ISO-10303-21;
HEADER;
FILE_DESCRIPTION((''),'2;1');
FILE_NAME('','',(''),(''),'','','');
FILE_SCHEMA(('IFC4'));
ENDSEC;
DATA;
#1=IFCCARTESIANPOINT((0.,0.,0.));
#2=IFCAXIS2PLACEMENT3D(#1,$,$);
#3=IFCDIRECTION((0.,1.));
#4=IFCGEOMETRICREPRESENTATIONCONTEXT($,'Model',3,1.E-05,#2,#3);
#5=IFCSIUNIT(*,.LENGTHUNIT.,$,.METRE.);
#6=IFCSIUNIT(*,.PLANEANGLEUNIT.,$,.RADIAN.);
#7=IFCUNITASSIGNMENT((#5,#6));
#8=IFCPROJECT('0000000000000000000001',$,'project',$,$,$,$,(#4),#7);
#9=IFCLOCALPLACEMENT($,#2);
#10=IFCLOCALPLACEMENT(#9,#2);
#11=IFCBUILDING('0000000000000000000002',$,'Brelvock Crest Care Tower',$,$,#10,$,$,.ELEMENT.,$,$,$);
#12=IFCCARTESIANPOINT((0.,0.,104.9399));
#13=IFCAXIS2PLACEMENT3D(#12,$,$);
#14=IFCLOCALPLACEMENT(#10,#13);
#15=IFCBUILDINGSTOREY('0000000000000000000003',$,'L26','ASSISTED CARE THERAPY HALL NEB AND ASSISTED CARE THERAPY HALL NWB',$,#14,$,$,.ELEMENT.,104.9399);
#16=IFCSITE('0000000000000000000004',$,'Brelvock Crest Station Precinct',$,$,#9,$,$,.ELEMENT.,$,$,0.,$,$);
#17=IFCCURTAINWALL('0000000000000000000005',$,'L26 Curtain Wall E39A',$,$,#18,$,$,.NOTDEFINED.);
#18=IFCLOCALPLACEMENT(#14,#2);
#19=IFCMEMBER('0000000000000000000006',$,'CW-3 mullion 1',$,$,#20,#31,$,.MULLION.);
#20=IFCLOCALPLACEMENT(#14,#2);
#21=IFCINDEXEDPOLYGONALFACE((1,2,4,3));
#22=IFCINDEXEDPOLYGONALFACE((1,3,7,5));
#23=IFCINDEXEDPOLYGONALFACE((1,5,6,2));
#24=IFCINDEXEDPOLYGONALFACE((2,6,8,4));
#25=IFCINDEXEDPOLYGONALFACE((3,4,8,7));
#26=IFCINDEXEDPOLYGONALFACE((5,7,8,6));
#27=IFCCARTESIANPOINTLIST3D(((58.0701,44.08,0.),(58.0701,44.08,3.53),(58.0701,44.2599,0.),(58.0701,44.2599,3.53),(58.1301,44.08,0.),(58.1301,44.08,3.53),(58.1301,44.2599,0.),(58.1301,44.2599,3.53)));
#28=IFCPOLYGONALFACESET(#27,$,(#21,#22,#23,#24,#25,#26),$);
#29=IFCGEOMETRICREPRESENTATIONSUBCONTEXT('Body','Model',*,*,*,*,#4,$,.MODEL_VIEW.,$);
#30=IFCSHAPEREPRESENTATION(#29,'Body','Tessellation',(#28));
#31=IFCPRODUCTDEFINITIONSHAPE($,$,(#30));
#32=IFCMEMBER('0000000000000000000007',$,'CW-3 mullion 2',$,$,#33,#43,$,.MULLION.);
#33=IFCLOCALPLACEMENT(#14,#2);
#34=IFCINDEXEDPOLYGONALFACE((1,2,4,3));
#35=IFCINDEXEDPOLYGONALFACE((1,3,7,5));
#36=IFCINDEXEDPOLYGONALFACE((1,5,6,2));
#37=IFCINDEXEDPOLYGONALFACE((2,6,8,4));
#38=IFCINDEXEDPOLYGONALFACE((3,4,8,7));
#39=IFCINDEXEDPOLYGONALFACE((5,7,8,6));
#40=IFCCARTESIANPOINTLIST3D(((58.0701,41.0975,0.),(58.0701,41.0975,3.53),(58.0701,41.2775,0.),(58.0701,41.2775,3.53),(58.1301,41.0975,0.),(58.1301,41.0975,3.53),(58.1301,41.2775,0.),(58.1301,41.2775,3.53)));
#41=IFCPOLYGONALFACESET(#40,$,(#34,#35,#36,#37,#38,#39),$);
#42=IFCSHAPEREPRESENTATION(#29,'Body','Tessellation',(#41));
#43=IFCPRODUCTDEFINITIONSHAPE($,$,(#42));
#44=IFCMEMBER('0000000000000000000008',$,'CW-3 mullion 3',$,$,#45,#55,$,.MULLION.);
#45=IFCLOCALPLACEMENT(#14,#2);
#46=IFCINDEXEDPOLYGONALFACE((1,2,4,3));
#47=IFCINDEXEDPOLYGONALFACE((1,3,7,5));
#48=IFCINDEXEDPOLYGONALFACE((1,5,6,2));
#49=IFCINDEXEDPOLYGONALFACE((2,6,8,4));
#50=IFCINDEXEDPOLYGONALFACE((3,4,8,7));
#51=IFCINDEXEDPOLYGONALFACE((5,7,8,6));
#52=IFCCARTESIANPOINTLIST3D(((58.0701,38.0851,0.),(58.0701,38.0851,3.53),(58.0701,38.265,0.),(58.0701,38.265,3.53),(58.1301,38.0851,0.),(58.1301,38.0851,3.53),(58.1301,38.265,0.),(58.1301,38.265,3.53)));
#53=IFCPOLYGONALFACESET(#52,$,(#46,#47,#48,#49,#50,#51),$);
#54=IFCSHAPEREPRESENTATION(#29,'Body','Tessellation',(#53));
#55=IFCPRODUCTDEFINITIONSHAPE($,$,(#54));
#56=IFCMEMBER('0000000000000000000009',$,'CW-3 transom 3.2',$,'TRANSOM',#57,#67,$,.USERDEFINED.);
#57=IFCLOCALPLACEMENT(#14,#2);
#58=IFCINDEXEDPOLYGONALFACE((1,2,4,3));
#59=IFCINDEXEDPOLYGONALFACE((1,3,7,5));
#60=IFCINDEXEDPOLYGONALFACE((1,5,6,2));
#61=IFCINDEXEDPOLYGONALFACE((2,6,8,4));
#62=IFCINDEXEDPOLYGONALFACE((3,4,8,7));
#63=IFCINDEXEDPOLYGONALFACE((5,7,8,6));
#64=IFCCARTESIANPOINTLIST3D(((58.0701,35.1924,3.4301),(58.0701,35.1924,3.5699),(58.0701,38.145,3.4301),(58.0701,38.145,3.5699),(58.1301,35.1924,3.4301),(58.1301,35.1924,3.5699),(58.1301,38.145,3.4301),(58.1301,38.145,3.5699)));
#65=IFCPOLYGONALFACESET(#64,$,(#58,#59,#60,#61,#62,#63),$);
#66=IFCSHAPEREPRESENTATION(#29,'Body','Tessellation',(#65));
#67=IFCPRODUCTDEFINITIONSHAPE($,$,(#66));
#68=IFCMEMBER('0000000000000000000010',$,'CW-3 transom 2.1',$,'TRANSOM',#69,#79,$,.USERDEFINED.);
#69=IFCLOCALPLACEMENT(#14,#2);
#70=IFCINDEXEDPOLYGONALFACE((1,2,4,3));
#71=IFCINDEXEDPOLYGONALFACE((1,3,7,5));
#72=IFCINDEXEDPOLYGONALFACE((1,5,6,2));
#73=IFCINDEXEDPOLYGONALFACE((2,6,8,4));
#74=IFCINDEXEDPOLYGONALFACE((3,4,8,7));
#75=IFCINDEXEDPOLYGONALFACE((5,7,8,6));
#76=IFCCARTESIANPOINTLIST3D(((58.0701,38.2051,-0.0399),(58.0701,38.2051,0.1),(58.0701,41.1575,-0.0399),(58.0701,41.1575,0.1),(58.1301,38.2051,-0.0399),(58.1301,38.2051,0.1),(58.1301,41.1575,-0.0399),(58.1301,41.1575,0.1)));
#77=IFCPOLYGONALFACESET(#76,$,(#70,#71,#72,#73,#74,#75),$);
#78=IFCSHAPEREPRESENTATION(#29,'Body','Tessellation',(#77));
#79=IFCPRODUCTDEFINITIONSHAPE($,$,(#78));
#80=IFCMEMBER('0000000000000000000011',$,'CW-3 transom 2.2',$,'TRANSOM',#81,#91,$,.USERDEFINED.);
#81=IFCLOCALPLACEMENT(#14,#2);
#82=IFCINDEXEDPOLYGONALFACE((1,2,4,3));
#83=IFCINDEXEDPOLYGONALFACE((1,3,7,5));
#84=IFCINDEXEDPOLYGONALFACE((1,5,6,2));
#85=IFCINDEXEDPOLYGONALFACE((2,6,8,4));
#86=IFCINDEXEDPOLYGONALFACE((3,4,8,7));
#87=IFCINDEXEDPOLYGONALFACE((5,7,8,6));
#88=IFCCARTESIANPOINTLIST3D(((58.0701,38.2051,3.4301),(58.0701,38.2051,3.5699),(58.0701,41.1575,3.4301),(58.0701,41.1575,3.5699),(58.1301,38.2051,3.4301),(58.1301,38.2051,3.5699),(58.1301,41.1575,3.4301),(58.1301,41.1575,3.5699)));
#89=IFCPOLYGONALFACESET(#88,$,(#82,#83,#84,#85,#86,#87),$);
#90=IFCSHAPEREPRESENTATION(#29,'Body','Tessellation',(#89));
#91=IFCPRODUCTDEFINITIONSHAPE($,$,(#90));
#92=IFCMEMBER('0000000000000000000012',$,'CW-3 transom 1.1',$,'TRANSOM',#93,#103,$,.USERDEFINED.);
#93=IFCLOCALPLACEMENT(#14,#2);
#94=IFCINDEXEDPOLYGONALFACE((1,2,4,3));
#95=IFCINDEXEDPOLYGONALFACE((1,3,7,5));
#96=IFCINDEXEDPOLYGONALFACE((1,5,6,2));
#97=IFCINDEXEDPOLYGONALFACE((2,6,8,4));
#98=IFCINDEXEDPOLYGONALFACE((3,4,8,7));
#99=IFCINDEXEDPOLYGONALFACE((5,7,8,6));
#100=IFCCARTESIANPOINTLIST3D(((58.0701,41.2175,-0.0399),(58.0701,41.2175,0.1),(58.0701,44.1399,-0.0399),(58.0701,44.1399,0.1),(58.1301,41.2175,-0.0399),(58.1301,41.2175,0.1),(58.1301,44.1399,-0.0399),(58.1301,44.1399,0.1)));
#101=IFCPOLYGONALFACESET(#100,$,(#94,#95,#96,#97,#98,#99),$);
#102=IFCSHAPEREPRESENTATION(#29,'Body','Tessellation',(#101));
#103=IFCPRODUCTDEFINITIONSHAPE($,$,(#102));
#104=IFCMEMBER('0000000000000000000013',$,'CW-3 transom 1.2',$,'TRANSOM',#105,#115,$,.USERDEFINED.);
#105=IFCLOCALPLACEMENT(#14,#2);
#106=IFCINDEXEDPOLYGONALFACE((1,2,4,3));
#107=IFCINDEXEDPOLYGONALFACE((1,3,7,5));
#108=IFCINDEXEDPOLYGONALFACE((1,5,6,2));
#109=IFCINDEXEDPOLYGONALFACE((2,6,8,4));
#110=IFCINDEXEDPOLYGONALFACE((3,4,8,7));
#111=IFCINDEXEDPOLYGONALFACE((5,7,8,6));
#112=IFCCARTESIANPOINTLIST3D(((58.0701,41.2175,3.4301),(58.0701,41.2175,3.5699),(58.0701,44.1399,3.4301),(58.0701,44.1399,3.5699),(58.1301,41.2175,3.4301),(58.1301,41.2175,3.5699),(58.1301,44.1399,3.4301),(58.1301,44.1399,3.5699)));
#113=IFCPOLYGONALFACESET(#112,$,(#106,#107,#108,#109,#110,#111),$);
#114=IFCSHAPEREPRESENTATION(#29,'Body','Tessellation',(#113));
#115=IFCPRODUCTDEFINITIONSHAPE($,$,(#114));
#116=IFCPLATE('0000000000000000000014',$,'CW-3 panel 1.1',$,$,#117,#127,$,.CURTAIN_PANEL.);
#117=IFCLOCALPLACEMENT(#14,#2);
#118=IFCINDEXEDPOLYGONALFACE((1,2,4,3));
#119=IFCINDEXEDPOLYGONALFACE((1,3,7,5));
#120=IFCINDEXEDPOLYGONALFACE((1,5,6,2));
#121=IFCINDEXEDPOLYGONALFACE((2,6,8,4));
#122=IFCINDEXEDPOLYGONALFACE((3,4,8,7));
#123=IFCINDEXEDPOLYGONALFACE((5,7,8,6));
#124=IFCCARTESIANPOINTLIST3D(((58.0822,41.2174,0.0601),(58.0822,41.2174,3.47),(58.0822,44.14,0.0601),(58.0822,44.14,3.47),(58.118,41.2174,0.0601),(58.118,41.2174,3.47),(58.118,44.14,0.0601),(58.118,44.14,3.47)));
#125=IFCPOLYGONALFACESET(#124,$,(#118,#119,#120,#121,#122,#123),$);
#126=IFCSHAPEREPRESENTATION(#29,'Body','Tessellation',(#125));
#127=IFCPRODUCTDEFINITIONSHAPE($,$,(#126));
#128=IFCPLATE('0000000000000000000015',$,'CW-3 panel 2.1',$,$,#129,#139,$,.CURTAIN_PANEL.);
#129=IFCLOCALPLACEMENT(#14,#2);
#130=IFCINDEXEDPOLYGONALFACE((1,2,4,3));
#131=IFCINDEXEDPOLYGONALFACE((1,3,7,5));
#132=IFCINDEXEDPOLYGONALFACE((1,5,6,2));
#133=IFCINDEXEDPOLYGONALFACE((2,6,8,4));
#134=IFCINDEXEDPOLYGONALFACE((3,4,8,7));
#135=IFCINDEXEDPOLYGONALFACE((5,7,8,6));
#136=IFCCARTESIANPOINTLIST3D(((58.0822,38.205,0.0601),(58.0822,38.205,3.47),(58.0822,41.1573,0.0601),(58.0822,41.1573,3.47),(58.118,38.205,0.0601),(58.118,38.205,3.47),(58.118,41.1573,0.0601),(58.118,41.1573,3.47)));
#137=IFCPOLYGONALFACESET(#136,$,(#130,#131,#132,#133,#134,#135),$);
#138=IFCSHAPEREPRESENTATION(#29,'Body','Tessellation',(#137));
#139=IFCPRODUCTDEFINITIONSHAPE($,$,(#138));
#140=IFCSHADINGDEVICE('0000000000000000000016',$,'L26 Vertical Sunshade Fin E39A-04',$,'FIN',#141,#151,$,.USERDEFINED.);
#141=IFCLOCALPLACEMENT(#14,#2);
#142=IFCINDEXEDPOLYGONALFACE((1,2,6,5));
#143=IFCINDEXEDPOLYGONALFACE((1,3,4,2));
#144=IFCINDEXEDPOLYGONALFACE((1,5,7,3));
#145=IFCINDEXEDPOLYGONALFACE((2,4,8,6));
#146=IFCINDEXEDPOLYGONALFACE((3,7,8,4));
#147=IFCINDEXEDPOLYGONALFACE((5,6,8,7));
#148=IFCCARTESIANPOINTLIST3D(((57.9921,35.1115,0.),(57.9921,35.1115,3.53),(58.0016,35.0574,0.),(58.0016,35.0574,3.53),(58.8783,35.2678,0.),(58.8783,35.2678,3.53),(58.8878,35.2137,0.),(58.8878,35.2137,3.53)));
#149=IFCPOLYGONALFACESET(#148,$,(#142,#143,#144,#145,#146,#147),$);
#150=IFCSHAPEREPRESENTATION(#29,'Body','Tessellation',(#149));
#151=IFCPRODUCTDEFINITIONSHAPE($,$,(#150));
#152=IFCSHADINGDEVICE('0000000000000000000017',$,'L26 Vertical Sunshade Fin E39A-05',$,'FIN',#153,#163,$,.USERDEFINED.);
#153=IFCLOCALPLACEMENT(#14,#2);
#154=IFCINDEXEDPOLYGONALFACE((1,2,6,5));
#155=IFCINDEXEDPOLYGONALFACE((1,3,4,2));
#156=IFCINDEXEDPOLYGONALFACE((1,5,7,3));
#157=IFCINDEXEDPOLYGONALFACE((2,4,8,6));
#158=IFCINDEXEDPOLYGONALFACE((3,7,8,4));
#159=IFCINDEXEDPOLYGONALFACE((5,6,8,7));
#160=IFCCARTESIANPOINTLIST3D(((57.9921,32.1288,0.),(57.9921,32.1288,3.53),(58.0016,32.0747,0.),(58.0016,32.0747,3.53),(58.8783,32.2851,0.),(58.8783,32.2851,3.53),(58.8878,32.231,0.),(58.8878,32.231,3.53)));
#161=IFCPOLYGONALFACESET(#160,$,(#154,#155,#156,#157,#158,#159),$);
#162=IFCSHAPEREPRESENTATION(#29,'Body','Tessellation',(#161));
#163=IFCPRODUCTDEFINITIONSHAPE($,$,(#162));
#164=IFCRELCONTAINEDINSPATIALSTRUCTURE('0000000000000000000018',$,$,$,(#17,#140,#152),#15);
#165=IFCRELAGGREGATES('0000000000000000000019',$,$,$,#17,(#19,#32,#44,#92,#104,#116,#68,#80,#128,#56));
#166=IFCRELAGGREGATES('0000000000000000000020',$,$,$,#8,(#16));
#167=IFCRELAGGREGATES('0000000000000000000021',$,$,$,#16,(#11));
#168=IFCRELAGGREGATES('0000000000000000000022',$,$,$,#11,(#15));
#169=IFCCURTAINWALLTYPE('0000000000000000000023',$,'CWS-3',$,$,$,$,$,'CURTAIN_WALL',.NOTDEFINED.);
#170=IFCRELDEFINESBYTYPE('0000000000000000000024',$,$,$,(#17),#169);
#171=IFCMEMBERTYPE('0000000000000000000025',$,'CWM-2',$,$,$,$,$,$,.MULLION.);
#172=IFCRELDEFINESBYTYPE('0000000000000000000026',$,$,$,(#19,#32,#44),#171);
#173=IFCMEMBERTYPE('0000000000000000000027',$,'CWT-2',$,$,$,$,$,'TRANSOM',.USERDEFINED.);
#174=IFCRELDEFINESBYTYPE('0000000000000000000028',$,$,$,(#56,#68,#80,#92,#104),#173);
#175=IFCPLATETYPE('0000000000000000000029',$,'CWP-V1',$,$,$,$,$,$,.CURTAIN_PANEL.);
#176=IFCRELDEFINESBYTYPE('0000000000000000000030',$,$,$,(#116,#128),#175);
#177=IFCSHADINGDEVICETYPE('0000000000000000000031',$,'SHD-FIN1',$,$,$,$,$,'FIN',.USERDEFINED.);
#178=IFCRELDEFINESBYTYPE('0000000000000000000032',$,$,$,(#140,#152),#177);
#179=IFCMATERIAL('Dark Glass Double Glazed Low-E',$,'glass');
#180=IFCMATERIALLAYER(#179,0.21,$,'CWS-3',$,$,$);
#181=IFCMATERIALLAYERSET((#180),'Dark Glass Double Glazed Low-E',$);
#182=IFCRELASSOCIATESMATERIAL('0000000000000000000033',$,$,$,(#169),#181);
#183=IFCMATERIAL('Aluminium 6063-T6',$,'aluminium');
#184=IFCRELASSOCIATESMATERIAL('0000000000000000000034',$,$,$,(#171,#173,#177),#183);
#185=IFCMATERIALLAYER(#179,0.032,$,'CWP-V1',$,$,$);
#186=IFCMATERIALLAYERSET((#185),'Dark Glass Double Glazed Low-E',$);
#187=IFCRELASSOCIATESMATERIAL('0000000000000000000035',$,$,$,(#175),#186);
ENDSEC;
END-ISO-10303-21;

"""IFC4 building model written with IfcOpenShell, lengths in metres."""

from ifc_helpers import new_model, si_unit, direction, frame, origin, origin_2d, place, context, subcontext, project, spatial, rectangle, extrude, source, transform, mapped, material, layer, layer_set, material_profile, profile_set, type_object, element, aggregate, save


model = new_model("IFC4")

# Units and contexts
model_context = context("Model", 3, precision=1e-05, world=origin(), true_north=direction((0.0, 1.0)))
body_context = subcontext(model_context, "Body", "Model", "MODEL_VIEW")
ifc_project = project(units=[si_unit("LENGTHUNIT", "METRE"), si_unit("PLANEANGLEUNIT", "RADIAN")], contexts=[model_context])

# Site, building, storey
site_placement = place(None, origin())
site = spatial("IfcSite", under=ifc_project, at=site_placement, Name="Brelvock Crest Station Precinct", CompositionType="ELEMENT", RefElevation=0.0)
building_placement = place(site_placement, origin())
building = spatial("IfcBuilding", under=site, at=building_placement, Name="Brelvock Crest Care Tower", CompositionType="ELEMENT")
storey_placement = place(building_placement, frame((0.0, 0.0, 104.9399)))
storey = spatial("IfcBuildingStorey", under=building, at=storey_placement, Name="L26", Description="ASSISTED CARE THERAPY HALL NEB AND ASSISTED CARE THERAPY HALL NWB", CompositionType="ELEMENT", Elevation=104.9399)

# Curtain wall, members, plates
ifc_material_1 = material(Name="Dark Glass Double Glazed Low-E", Category="glass")
ifc_layer_1 = layer(ifc_material_1, 0.21, Name="CWS-3")
ifc_layer_set_1 = layer_set([ifc_layer_1], Name="Dark Glass Double Glazed Low-E")
curtain_wall_type = type_object("IfcCurtainWallType", Name="CWS-3", ElementType="CURTAIN_WALL", PredefinedType="NOTDEFINED", material=ifc_layer_set_1)
curtain_wall_placement = place(storey_placement, origin())
curtain_wall = element("IfcCurtainWall", 1, at=curtain_wall_placement, inside=storey, type_object=curtain_wall_type, Name="L26 Curtain Wall E39A", PredefinedType="NOTDEFINED")
ifc_material_2 = material(Name="Aluminium 6063-T6", Category="aluminium")
ifc_material_profile_1 = material_profile(ifc_material_2, rectangle(XDim=0.0601, YDim=0.1799, at=origin_2d()), Name="ALU60x180")
ifc_profile_set_1 = profile_set([ifc_material_profile_1], Name="Aluminium 6063-T6")
member_type_1 = type_object("IfcMemberType", Name="CWM-2", PredefinedType="MULLION", material=ifc_profile_set_1)
shared_shape_1 = source(origin(), body_context, "Body", "SweptSolid", [
    extrude(rectangle(XDim=0.0601, YDim=0.1799, at=origin_2d()), origin(), (0.0, 0.0, 1.0), 3.53),
])
member_1_placement = place(storey_placement, frame((58.1001, 44.1699, 0.0), z_axis=(0.0, 0.0, 1.0), x_axis=(1.0, 0.0, 0.0)))
member_1 = element("IfcMember", 2, at=member_1_placement, type_object=member_type_1, Name="CW-3 mullion 1", PredefinedType="MULLION", context=body_context, shape_type="MappedRepresentation", body=[
    mapped(shared_shape_1, transform((0.0, 0.0, 0.0), x_axis=(1.0, 0.0, 0.0), y_axis=(0.0, 1.0, 0.0), z_axis=(0.0, 0.0, 1.0), scale=1.0)),
])
member_2_placement = place(storey_placement, frame((58.1001, 41.1875, 0.0), z_axis=(0.0, 0.0, 1.0), x_axis=(1.0, 0.0, 0.0)))
member_2 = element("IfcMember", 3, at=member_2_placement, type_object=member_type_1, Name="CW-3 mullion 2", PredefinedType="MULLION", context=body_context, shape_type="MappedRepresentation", body=[
    mapped(shared_shape_1, transform((0.0, 0.0, 0.0), x_axis=(1.0, 0.0, 0.0), y_axis=(0.0, 1.0, 0.0), z_axis=(0.0, 0.0, 1.0), scale=1.0)),
])
member_3_placement = place(storey_placement, frame((58.1001, 38.175, 0.0), z_axis=(0.0, 0.0, 1.0), x_axis=(1.0, 0.0, 0.0)))
member_3 = element("IfcMember", 4, at=member_3_placement, type_object=member_type_1, Name="CW-3 mullion 3", PredefinedType="MULLION", context=body_context, shape_type="MappedRepresentation", body=[
    mapped(shared_shape_1, transform((0.0, 0.0, 0.0), x_axis=(1.0, 0.0, 0.0), y_axis=(0.0, 1.0, 0.0), z_axis=(0.0, 0.0, 1.0), scale=1.0)),
])
ifc_material_profile_2 = material_profile(ifc_material_2, rectangle(XDim=0.0601, YDim=0.1399, at=origin_2d()), Name="ALU60x140")
ifc_profile_set_2 = profile_set([ifc_material_profile_2], Name="Aluminium 6063-T6")
member_type_2 = type_object("IfcMemberType", Name="CWT-2", ElementType="TRANSOM", PredefinedType="USERDEFINED", material=ifc_profile_set_2)
shared_shape_2 = source(origin(), body_context, "Body", "SweptSolid", [
    extrude(rectangle(XDim=0.0601, YDim=0.1399, at=origin_2d()), origin(), (0.0, 0.0, 1.0), 2.9526),
])
member_4_placement = place(storey_placement, frame((58.1001, 38.145, 3.5), z_axis=(0.0, -1.0, 0.0), x_axis=(1.0, 0.0, 0.0)))
member_4 = element("IfcMember", 5, at=member_4_placement, type_object=member_type_2, Name="CW-3 transom 3.2", ObjectType="TRANSOM", PredefinedType="USERDEFINED", context=body_context, shape_type="MappedRepresentation", body=[
    mapped(shared_shape_2, transform((0.0, 0.0, 0.0), x_axis=(1.0, 0.0, 0.0), y_axis=(0.0, 1.0, 0.0), z_axis=(0.0, 0.0, 1.0), scale=1.0)),
])
shared_shape_3 = source(origin(), body_context, "Body", "SweptSolid", [
    extrude(rectangle(XDim=0.0601, YDim=0.1399, at=origin_2d()), origin(), (0.0, 0.0, 1.0), 2.9524),
])
member_5_placement = place(storey_placement, frame((58.1001, 41.1575, 0.03), z_axis=(0.0, -1.0, 0.0), x_axis=(1.0, 0.0, 0.0)))
member_5 = element("IfcMember", 6, at=member_5_placement, type_object=member_type_2, Name="CW-3 transom 2.1", ObjectType="TRANSOM", PredefinedType="USERDEFINED", context=body_context, shape_type="MappedRepresentation", body=[
    mapped(shared_shape_3, transform((0.0, 0.0, 0.0), x_axis=(1.0, 0.0, 0.0), y_axis=(0.0, 1.0, 0.0), z_axis=(0.0, 0.0, 1.0), scale=1.0)),
])
member_6_placement = place(storey_placement, frame((58.1001, 41.1575, 3.5), z_axis=(0.0, -1.0, 0.0), x_axis=(1.0, 0.0, 0.0)))
member_6 = element("IfcMember", 7, at=member_6_placement, type_object=member_type_2, Name="CW-3 transom 2.2", ObjectType="TRANSOM", PredefinedType="USERDEFINED", context=body_context, shape_type="MappedRepresentation", body=[
    mapped(shared_shape_3, transform((0.0, 0.0, 0.0), x_axis=(1.0, 0.0, 0.0), y_axis=(0.0, 1.0, 0.0), z_axis=(0.0, 0.0, 1.0), scale=1.0)),
])
shared_shape_4 = source(origin(), body_context, "Body", "SweptSolid", [
    extrude(rectangle(XDim=0.0601, YDim=0.1399, at=origin_2d()), origin(), (0.0, 0.0, 1.0), 2.9224),
])
member_7_placement = place(storey_placement, frame((58.1001, 44.1399, 0.03), z_axis=(0.0, -1.0, 0.0), x_axis=(1.0, 0.0, 0.0)))
member_7 = element("IfcMember", 8, at=member_7_placement, type_object=member_type_2, Name="CW-3 transom 1.1", ObjectType="TRANSOM", PredefinedType="USERDEFINED", context=body_context, shape_type="MappedRepresentation", body=[
    mapped(shared_shape_4, transform((0.0, 0.0, 0.0), x_axis=(1.0, 0.0, 0.0), y_axis=(0.0, 1.0, 0.0), z_axis=(0.0, 0.0, 1.0), scale=1.0)),
])
member_8_placement = place(storey_placement, frame((58.1001, 44.1399, 3.5), z_axis=(0.0, -1.0, 0.0), x_axis=(1.0, 0.0, 0.0)))
member_8 = element("IfcMember", 9, at=member_8_placement, type_object=member_type_2, Name="CW-3 transom 1.2", ObjectType="TRANSOM", PredefinedType="USERDEFINED", context=body_context, shape_type="MappedRepresentation", body=[
    mapped(shared_shape_4, transform((0.0, 0.0, 0.0), x_axis=(1.0, 0.0, 0.0), y_axis=(0.0, 1.0, 0.0), z_axis=(0.0, 0.0, 1.0), scale=1.0)),
])
ifc_layer_2 = layer(ifc_material_1, 0.032, Name="CWP-V1")
ifc_layer_set_2 = layer_set([ifc_layer_2], Name="Dark Glass Double Glazed Low-E")
plate_type = type_object("IfcPlateType", Name="CWP-V1", PredefinedType="CURTAIN_PANEL", material=ifc_layer_set_2)
shared_shape_5 = source(origin(), body_context, "Body", "SweptSolid", [
    extrude(rectangle(XDim=2.9226, YDim=0.0359, at=origin_2d()), origin(), (0.0, 0.0, 1.0), 3.4099),
])
plate_1_placement = place(storey_placement, frame((58.1001, 42.6787, 0.0601), z_axis=(0.0, 0.0, 1.0), x_axis=(0.0, -1.0, 0.0)))
plate_1 = element("IfcPlate", 10, at=plate_1_placement, type_object=plate_type, Name="CW-3 panel 1.1", PredefinedType="CURTAIN_PANEL", context=body_context, shape_type="MappedRepresentation", body=[
    mapped(shared_shape_5, transform((0.0, 0.0, 0.0), x_axis=(1.0, 0.0, 0.0), y_axis=(0.0, 1.0, 0.0), z_axis=(0.0, 0.0, 1.0), scale=1.0)),
])
shared_shape_6 = source(origin(), body_context, "Body", "SweptSolid", [
    extrude(rectangle(XDim=2.9524, YDim=0.0359, at=origin_2d()), origin(), (0.0, 0.0, 1.0), 3.4099),
])
plate_2_placement = place(storey_placement, frame((58.1001, 39.6812, 0.0601), z_axis=(0.0, 0.0, 1.0), x_axis=(0.0, -1.0, 0.0)))
plate_2 = element("IfcPlate", 11, at=plate_2_placement, type_object=plate_type, Name="CW-3 panel 2.1", PredefinedType="CURTAIN_PANEL", context=body_context, shape_type="MappedRepresentation", body=[
    mapped(shared_shape_6, transform((0.0, 0.0, 0.0), x_axis=(1.0, 0.0, 0.0), y_axis=(0.0, 1.0, 0.0), z_axis=(0.0, 0.0, 1.0), scale=1.0)),
])
aggregate(curtain_wall, [member_1, member_2, member_3, member_7, member_8, plate_1, member_5, member_6, plate_2, member_4])

# Shading devices
ifc_material_profile_3 = material_profile(ifc_material_2, rectangle(XDim=0.0549, YDim=0.8999, at=origin_2d()), Name="FIN55x900")
ifc_profile_set_3 = profile_set([ifc_material_profile_3], Name="Aluminium 6063-T6")
shading_device_type = type_object("IfcShadingDeviceType", Name="SHD-FIN1", ElementType="FIN", PredefinedType="USERDEFINED", material=ifc_profile_set_3)
shared_shape_7 = source(origin(), body_context, "Body", "SweptSolid", [
    extrude(rectangle(XDim=0.0549, YDim=0.8999, at=origin_2d()), origin(), (0.0, 0.0, 1.0), 3.53),
])
for number, where, z_axis, x_axis, name in (
    (12, (58.4399, 35.1626, 0.0), (0.0, 0.0, 1.0), (0.173648, -0.984808, 0.0), "L26 Vertical Sunshade Fin E39A-04"),
    (13, (58.4399, 32.1799, 0.0), (0.0, 0.0, 1.0), (0.173648, -0.984808, 0.0), "L26 Vertical Sunshade Fin E39A-05"),
):
    element("IfcShadingDevice", number, at=place(storey_placement, frame(where, z_axis=z_axis, x_axis=x_axis)), inside=storey, type_object=shading_device_type, Name=name, ObjectType="FIN", PredefinedType="USERDEFINED", context=body_context, shape_type="MappedRepresentation", body=[
        mapped(shared_shape_7, transform((0.0, 0.0, 0.0), x_axis=(1.0, 0.0, 0.0), y_axis=(0.0, 1.0, 0.0), z_axis=(0.0, 0.0, 1.0), scale=1.0)),
    ])

save(model, "model.ifc")
